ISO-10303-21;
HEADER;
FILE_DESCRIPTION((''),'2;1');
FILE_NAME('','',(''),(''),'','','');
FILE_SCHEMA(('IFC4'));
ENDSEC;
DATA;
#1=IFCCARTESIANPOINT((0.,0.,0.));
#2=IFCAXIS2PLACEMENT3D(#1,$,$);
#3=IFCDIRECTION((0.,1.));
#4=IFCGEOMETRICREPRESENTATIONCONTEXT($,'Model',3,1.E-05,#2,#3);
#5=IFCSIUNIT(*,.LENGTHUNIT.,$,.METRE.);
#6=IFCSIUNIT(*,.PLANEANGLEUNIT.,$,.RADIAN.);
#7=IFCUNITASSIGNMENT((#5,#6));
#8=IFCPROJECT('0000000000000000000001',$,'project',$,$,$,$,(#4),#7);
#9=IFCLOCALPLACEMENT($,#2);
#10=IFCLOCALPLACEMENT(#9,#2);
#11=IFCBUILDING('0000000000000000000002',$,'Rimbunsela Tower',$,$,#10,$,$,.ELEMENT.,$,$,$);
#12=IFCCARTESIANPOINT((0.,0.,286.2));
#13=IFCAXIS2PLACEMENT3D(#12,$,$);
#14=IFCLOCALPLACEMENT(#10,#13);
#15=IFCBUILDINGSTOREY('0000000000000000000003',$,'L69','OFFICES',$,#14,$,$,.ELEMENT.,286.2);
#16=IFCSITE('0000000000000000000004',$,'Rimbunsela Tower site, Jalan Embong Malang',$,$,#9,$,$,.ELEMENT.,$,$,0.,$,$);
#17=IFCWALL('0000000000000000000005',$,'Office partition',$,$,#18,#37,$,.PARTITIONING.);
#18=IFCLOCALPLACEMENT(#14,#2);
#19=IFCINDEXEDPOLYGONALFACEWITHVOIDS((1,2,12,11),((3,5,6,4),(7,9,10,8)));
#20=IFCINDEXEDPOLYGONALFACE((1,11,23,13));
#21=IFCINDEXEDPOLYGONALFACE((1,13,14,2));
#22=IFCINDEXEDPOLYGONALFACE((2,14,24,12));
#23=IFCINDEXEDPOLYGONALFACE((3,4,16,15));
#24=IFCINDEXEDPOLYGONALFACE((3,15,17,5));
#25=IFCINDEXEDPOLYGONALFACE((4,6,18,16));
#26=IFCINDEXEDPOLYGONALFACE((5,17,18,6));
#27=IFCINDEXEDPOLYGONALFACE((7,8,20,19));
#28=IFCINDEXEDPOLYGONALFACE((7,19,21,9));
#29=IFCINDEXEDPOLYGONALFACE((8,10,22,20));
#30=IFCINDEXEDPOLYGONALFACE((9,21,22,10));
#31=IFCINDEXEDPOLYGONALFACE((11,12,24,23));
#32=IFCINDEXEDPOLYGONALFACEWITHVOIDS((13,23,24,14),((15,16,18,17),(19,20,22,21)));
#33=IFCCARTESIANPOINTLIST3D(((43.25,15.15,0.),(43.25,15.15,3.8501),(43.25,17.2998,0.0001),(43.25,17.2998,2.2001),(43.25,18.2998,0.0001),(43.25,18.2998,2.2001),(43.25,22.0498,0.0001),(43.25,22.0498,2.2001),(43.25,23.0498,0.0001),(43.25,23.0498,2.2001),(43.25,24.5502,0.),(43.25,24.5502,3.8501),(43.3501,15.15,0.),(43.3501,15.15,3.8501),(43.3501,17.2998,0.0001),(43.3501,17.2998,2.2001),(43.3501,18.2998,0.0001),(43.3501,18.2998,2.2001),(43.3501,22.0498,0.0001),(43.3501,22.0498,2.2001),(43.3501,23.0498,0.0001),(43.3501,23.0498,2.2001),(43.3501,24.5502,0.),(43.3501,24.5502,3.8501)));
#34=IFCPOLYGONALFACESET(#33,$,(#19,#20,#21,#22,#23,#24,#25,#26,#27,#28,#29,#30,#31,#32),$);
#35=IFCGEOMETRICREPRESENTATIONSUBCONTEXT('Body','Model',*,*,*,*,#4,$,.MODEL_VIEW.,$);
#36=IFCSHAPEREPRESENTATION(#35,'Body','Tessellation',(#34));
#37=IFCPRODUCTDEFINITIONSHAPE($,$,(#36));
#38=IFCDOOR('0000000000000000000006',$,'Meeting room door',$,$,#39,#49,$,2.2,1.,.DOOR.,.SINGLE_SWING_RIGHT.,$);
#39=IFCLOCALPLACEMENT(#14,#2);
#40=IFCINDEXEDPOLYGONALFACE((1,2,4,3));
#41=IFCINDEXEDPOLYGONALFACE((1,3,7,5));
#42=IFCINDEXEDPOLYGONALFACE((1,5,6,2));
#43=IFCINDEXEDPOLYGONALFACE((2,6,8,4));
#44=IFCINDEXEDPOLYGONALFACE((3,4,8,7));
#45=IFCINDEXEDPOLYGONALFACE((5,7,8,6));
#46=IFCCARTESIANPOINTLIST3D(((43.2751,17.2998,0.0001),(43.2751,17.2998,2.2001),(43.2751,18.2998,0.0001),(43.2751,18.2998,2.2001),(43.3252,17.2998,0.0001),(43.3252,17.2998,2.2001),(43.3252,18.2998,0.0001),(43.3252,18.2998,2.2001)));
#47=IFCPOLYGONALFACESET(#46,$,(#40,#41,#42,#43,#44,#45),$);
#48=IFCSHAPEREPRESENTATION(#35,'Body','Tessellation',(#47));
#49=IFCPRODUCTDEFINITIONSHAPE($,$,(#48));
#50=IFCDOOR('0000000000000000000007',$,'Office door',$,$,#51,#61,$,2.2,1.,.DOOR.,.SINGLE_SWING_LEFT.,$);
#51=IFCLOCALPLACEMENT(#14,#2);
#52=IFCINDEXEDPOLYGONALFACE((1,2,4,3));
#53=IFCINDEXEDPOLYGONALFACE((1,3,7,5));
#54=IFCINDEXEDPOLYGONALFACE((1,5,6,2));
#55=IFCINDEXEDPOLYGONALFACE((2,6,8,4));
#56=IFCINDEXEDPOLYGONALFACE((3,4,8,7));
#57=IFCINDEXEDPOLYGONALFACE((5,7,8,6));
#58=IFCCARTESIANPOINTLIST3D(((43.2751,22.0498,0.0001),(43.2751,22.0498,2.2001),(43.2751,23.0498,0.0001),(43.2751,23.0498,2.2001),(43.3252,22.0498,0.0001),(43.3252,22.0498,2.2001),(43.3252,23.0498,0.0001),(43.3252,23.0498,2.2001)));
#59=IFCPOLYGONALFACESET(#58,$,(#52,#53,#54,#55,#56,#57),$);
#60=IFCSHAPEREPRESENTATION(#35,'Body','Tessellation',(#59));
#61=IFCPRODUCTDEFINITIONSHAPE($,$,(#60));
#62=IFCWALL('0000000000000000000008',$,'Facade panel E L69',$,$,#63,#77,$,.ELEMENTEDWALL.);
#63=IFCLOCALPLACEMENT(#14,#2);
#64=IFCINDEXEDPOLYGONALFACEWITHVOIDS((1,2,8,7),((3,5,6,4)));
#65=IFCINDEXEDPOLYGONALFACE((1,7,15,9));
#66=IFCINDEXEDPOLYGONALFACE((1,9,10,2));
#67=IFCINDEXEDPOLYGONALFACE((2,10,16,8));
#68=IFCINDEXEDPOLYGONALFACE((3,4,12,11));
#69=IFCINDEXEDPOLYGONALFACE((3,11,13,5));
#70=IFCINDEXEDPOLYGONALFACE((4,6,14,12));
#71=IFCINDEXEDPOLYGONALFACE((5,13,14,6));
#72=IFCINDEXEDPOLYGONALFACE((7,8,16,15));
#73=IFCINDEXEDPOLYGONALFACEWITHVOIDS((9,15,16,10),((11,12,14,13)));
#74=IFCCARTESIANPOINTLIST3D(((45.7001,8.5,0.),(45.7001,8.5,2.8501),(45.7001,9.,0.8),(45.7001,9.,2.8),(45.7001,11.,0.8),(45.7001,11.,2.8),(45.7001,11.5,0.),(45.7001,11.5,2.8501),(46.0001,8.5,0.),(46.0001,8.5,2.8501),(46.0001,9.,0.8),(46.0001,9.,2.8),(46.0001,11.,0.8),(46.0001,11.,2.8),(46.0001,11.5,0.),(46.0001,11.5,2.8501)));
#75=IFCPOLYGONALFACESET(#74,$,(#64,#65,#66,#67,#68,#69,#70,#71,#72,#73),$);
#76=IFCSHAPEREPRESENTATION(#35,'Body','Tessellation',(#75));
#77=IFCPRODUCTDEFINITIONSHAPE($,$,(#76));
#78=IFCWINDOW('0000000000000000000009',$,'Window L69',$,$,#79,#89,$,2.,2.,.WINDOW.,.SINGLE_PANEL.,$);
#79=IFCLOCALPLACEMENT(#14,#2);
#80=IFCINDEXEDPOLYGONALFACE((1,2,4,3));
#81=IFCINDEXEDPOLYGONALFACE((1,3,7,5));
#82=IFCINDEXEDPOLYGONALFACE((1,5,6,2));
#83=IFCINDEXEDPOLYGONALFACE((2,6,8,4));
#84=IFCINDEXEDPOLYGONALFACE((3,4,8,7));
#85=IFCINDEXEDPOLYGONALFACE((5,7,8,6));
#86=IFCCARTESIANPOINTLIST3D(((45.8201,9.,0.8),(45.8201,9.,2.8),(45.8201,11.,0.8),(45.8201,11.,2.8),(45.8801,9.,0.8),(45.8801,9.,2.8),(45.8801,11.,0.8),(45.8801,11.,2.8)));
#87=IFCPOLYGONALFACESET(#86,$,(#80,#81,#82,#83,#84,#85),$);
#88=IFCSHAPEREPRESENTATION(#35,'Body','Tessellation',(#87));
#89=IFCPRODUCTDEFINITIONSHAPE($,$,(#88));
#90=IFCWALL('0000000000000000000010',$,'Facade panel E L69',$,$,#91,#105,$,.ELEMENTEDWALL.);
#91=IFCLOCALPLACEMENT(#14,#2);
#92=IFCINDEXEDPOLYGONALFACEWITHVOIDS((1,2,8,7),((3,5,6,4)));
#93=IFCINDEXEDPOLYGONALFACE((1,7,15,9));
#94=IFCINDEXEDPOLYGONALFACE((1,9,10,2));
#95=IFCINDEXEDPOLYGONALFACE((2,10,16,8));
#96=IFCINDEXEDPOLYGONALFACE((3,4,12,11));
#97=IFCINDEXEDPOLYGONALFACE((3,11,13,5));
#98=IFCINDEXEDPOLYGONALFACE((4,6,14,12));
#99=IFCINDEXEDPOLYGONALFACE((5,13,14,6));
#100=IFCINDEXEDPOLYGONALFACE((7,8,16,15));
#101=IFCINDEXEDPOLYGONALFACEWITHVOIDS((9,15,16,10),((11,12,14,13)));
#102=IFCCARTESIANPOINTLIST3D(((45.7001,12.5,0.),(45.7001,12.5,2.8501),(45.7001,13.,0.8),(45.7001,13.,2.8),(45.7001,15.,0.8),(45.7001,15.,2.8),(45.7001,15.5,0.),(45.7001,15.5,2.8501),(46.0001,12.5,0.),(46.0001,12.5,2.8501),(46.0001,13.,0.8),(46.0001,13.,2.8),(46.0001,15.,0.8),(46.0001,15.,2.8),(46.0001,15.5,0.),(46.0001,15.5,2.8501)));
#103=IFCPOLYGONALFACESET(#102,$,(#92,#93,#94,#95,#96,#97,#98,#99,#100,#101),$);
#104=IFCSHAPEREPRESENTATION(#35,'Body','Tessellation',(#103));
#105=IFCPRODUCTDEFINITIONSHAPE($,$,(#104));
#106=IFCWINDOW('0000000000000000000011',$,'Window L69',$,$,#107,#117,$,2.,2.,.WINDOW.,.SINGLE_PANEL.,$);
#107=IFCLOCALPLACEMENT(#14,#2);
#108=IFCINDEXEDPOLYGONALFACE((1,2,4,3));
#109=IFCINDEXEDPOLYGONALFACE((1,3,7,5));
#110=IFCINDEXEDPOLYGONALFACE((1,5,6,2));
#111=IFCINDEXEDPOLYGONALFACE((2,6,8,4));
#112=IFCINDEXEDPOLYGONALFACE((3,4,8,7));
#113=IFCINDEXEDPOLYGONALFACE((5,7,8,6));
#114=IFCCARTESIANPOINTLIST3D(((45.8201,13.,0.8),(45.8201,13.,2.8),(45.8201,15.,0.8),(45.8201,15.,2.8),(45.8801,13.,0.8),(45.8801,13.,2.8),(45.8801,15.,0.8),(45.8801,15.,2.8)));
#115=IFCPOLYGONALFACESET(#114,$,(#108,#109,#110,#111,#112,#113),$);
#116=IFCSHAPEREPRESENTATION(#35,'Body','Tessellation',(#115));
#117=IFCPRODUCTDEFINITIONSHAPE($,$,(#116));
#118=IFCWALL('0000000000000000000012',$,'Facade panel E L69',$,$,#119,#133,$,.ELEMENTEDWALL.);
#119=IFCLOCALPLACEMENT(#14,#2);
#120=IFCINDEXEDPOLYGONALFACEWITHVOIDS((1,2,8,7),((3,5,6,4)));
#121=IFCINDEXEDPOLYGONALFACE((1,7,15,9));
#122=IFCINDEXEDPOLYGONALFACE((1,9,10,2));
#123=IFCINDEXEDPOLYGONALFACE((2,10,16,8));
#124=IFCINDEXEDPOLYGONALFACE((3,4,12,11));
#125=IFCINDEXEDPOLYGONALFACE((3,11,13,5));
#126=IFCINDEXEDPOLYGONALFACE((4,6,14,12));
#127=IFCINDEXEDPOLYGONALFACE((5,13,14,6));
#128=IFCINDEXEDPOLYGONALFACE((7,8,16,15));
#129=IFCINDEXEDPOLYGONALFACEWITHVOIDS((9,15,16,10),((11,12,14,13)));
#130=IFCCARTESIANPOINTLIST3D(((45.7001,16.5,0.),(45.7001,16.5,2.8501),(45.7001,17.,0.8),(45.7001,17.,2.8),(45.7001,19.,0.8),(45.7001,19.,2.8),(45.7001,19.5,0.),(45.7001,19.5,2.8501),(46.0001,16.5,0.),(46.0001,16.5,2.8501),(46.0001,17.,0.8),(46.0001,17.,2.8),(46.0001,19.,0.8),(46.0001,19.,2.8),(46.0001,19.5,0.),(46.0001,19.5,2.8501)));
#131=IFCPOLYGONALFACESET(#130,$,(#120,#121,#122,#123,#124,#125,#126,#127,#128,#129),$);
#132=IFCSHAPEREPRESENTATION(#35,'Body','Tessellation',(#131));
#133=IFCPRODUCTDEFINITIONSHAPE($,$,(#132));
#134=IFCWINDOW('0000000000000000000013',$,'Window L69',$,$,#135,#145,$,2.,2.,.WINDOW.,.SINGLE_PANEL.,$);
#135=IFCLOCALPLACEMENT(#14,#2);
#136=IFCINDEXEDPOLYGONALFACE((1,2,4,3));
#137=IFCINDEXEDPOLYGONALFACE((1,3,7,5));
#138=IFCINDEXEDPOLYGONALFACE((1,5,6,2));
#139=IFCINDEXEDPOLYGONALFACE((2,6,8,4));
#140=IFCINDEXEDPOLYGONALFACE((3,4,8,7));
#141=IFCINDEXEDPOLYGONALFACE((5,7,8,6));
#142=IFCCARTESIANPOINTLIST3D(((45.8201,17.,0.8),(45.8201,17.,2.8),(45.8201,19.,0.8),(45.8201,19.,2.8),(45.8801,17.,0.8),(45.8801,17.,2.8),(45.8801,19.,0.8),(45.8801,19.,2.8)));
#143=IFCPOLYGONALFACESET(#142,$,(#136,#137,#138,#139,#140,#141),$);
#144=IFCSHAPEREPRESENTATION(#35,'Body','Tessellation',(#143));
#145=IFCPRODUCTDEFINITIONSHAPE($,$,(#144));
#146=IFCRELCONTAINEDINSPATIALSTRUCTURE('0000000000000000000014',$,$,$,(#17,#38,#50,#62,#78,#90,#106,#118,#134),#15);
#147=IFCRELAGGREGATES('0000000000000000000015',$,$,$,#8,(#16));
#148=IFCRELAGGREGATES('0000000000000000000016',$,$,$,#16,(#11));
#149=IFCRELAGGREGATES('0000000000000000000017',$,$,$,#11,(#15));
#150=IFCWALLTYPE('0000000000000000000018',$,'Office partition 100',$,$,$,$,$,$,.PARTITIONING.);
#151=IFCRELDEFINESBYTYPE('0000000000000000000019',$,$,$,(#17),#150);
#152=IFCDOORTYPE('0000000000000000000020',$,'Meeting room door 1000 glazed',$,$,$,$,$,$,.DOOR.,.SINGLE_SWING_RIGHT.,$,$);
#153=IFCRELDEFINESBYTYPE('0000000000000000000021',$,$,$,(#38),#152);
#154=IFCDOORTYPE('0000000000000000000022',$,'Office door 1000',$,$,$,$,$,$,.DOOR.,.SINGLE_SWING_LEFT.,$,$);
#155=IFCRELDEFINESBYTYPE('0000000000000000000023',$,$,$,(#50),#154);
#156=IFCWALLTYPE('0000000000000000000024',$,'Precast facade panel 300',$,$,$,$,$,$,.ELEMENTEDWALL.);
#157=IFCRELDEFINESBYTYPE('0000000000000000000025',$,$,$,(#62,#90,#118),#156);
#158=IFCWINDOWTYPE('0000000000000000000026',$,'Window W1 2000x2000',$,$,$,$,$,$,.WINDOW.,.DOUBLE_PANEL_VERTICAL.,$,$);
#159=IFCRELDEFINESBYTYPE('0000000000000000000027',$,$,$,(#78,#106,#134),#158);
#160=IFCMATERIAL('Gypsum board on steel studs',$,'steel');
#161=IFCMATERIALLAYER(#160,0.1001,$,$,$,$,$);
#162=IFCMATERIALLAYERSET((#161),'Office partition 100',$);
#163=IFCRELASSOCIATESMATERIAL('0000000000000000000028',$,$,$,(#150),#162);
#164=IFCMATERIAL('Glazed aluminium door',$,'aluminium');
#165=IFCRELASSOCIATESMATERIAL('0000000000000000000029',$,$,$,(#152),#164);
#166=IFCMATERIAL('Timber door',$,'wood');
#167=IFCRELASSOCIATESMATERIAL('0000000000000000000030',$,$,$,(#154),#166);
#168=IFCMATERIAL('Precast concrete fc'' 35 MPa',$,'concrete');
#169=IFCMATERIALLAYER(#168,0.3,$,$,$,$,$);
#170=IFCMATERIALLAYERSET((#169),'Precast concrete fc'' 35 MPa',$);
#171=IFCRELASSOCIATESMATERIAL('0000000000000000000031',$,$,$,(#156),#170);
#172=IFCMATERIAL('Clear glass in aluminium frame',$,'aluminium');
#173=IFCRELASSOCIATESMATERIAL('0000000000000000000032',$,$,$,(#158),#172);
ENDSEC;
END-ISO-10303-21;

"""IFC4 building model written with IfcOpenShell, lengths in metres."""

from ifc_helpers import new_model, si_unit, direction, frame, frame_2d, origin, place, context, subcontext, project, spatial, rectangle, extrude, material, layer, layer_set, type_object, element, fill, save


model = new_model("IFC4")

# Units and contexts
model_context = context("Model", 3, precision=1e-05, world=origin(), true_north=direction((0.0, 1.0)))
body_context = subcontext(model_context, "Body", "Model", "MODEL_VIEW")
ifc_project = project(units=[si_unit("LENGTHUNIT", "METRE"), si_unit("PLANEANGLEUNIT", "RADIAN")], contexts=[model_context])

# Site, building, storey
site_placement = place(None, origin())
site = spatial("IfcSite", under=ifc_project, at=site_placement, Name="Rimbunsela Tower site, Jalan Embong Malang", CompositionType="ELEMENT", RefElevation=0.0)
building_placement = place(site_placement, origin())
building = spatial("IfcBuilding", under=site, at=building_placement, Name="Rimbunsela Tower", CompositionType="ELEMENT")
storey_placement = place(building_placement, frame((0.0, 0.0, 286.2)))
storey = spatial("IfcBuildingStorey", under=building, at=storey_placement, Name="L69", Description="OFFICES", CompositionType="ELEMENT", Elevation=286.2)

# Shared definitions
ifc_material_1 = material(Name="Gypsum board on steel studs", Category="steel")
ifc_layer_1 = layer(ifc_material_1, 0.1001)
ifc_layer_set_1 = layer_set([ifc_layer_1], Name="Office partition 100")
wall_type_1 = type_object("IfcWallType", Name="Office partition 100", PredefinedType="PARTITIONING", material=ifc_layer_set_1)

# Wall, openings, doors
wall_1_placement = place(storey_placement, frame((43.3, 15.1499, 0.0), z_axis=(0.0, 0.0, 1.0), x_axis=(0.0, 1.0, 0.0)))
wall_1 = element("IfcWall", 1, at=wall_1_placement, inside=storey, type_object=wall_type_1, Name="Office partition", PredefinedType="PARTITIONING", context=body_context, shape_type="SweptSolid", body=[
    extrude(rectangle(XDim=9.4001, YDim=0.1001, at=frame_2d((4.7002, 0.0))), origin(), (0.0, 0.0, 1.0), 3.8501),
])
opening_1_placement = place(wall_1_placement, frame((2.1499, 0.0, 0.0)))
opening_1 = element("IfcOpeningElement", 2, at=opening_1_placement, cuts=wall_1, PredefinedType="OPENING", context=body_context, shape_type="SweptSolid", body=[
    extrude(rectangle(XDim=1.0, YDim=2.2, at=frame_2d((0.5, 1.1001))), frame((0.0, 0.0601, 0.0), z_axis=(0.0, -1.0, 0.0), x_axis=(1.0, 0.0, 0.0)), (0.0, 0.0, 1.0), 0.1201),
])
opening_2_placement = place(wall_1_placement, frame((6.8999, 0.0, 0.0)))
opening_2 = element("IfcOpeningElement", 3, at=opening_2_placement, cuts=wall_1, PredefinedType="OPENING", context=body_context, shape_type="SweptSolid", body=[
    extrude(rectangle(XDim=1.0, YDim=2.2, at=frame_2d((0.5, 1.1001))), frame((0.0, 0.0601, 0.0), z_axis=(0.0, -1.0, 0.0), x_axis=(1.0, 0.0, 0.0)), (0.0, 0.0, 1.0), 0.1201),
])
ifc_material_2 = material(Name="Glazed aluminium door", Category="aluminium")
door_type_1 = type_object("IfcDoorType", Name="Meeting room door 1000 glazed", OperationType="SINGLE_SWING_RIGHT", PredefinedType="DOOR", material=ifc_material_2)
door_1_placement = place(opening_1_placement, origin())
door_1 = element("IfcDoor", 4, at=door_1_placement, inside=storey, type_object=door_type_1, Name="Meeting room door", OperationType="SINGLE_SWING_RIGHT", OverallHeight=2.2, OverallWidth=1.0, PredefinedType="DOOR", context=body_context, shape_type="SweptSolid", body=[
    extrude(rectangle(XDim=1.0, YDim=2.2, at=frame_2d((0.5, 1.1001))), frame((0.0, 0.0249, 0.0), z_axis=(0.0, -1.0, 0.0), x_axis=(1.0, 0.0, 0.0)), (0.0, 0.0, 1.0), 0.05),
])
fill(opening_1, door_1)
ifc_material_3 = material(Name="Timber door", Category="wood")
door_type_2 = type_object("IfcDoorType", Name="Office door 1000", OperationType="SINGLE_SWING_LEFT", PredefinedType="DOOR", material=ifc_material_3)
door_2_placement = place(opening_2_placement, origin())
door_2 = element("IfcDoor", 5, at=door_2_placement, inside=storey, type_object=door_type_2, Name="Office door", OperationType="SINGLE_SWING_LEFT", OverallHeight=2.2, OverallWidth=1.0, PredefinedType="DOOR", context=body_context, shape_type="SweptSolid", body=[
    extrude(rectangle(XDim=1.0, YDim=2.2, at=frame_2d((0.5, 1.1001))), frame((0.0, 0.0249, 0.0), z_axis=(0.0, -1.0, 0.0), x_axis=(1.0, 0.0, 0.0)), (0.0, 0.0, 1.0), 0.05),
])
fill(opening_2, door_2)

# Walls, openings, windows
ifc_material_4 = material(Name="Precast concrete fc' 35 MPa", Category="concrete")
ifc_layer_2 = layer(ifc_material_4, 0.3)
ifc_layer_set_2 = layer_set([ifc_layer_2], Name="Precast concrete fc' 35 MPa")
wall_type_2 = type_object("IfcWallType", Name="Precast facade panel 300", PredefinedType="ELEMENTEDWALL", material=ifc_layer_set_2)
wall_2_placement = place(storey_placement, frame((45.8501, 8.5, 0.0), z_axis=(0.0, 0.0, 1.0), x_axis=(0.0, 1.0, 0.0)))
wall_2 = element("IfcWall", 6, at=wall_2_placement, inside=storey, type_object=wall_type_2, Name="Facade panel E L69", PredefinedType="ELEMENTEDWALL", context=body_context, shape_type="SweptSolid", body=[
    extrude(rectangle(XDim=3.0, YDim=0.3, at=frame_2d((1.5, 0.0))), origin(), (0.0, 0.0, 1.0), 2.8501),
])
opening_3_placement = place(wall_2_placement, frame((0.5, 0.0, 0.8)))
opening_3 = element("IfcOpeningElement", 7, at=opening_3_placement, cuts=wall_2, PredefinedType="OPENING", context=body_context, shape_type="SweptSolid", body=[
    extrude(rectangle(XDim=2.0, YDim=2.0, at=frame_2d((1.0, 1.0))), frame((0.0, 0.1599, 0.0), z_axis=(0.0, -1.0, 0.0), x_axis=(1.0, 0.0, 0.0)), (0.0, 0.0, 1.0), 0.3201),
])
ifc_material_5 = material(Name="Clear glass in aluminium frame", Category="aluminium")
window_type = type_object("IfcWindowType", Name="Window W1 2000x2000", PartitioningType="DOUBLE_PANEL_VERTICAL", PredefinedType="WINDOW", material=ifc_material_5)
window_1_placement = place(opening_3_placement, origin())
window_1 = element("IfcWindow", 8, at=window_1_placement, inside=storey, type_object=window_type, Name="Window L69", OverallHeight=2.0, OverallWidth=2.0, PartitioningType="SINGLE_PANEL", PredefinedType="WINDOW", context=body_context, shape_type="SweptSolid", body=[
    extrude(rectangle(XDim=2.0, YDim=2.0, at=frame_2d((1.0, 1.0))), frame((0.0, 0.03, 0.0), z_axis=(0.0, -1.0, 0.0), x_axis=(1.0, 0.0, 0.0)), (0.0, 0.0, 1.0), 0.0601),
])
fill(opening_3, window_1)
wall_3_placement = place(storey_placement, frame((45.8501, 12.5, 0.0), z_axis=(0.0, 0.0, 1.0), x_axis=(0.0, 1.0, 0.0)))
wall_3 = element("IfcWall", 9, at=wall_3_placement, inside=storey, type_object=wall_type_2, Name="Facade panel E L69", PredefinedType="ELEMENTEDWALL", context=body_context, shape_type="SweptSolid", body=[
    extrude(rectangle(XDim=3.0, YDim=0.3, at=frame_2d((1.5, 0.0))), origin(), (0.0, 0.0, 1.0), 2.8501),
])
opening_4_placement = place(wall_3_placement, frame((0.5, 0.0, 0.8)))
opening_4 = element("IfcOpeningElement", 10, at=opening_4_placement, cuts=wall_3, PredefinedType="OPENING", context=body_context, shape_type="SweptSolid", body=[
    extrude(rectangle(XDim=2.0, YDim=2.0, at=frame_2d((1.0, 1.0))), frame((0.0, 0.1599, 0.0), z_axis=(0.0, -1.0, 0.0), x_axis=(1.0, 0.0, 0.0)), (0.0, 0.0, 1.0), 0.3201),
])
window_2_placement = place(opening_4_placement, origin())
window_2 = element("IfcWindow", 11, at=window_2_placement, inside=storey, type_object=window_type, Name="Window L69", OverallHeight=2.0, OverallWidth=2.0, PartitioningType="SINGLE_PANEL", PredefinedType="WINDOW", context=body_context, shape_type="SweptSolid", body=[
    extrude(rectangle(XDim=2.0, YDim=2.0, at=frame_2d((1.0, 1.0))), frame((0.0, 0.03, 0.0), z_axis=(0.0, -1.0, 0.0), x_axis=(1.0, 0.0, 0.0)), (0.0, 0.0, 1.0), 0.0601),
])
fill(opening_4, window_2)
wall_4_placement = place(storey_placement, frame((45.8501, 16.5, 0.0), z_axis=(0.0, 0.0, 1.0), x_axis=(0.0, 1.0, 0.0)))
wall_4 = element("IfcWall", 12, at=wall_4_placement, inside=storey, type_object=wall_type_2, Name="Facade panel E L69", PredefinedType="ELEMENTEDWALL", context=body_context, shape_type="SweptSolid", body=[
    extrude(rectangle(XDim=3.0, YDim=0.3, at=frame_2d((1.5, 0.0))), origin(), (0.0, 0.0, 1.0), 2.8501),
])
opening_5_placement = place(wall_4_placement, frame((0.5, 0.0, 0.8)))
opening_5 = element("IfcOpeningElement", 13, at=opening_5_placement, cuts=wall_4, PredefinedType="OPENING", context=body_context, shape_type="SweptSolid", body=[
    extrude(rectangle(XDim=2.0, YDim=2.0, at=frame_2d((1.0, 1.0))), frame((0.0, 0.1599, 0.0), z_axis=(0.0, -1.0, 0.0), x_axis=(1.0, 0.0, 0.0)), (0.0, 0.0, 1.0), 0.3201),
])
window_3_placement = place(opening_5_placement, origin())
window_3 = element("IfcWindow", 14, at=window_3_placement, inside=storey, type_object=window_type, Name="Window L69", OverallHeight=2.0, OverallWidth=2.0, PartitioningType="SINGLE_PANEL", PredefinedType="WINDOW", context=body_context, shape_type="SweptSolid", body=[
    extrude(rectangle(XDim=2.0, YDim=2.0, at=frame_2d((1.0, 1.0))), frame((0.0, 0.03, 0.0), z_axis=(0.0, -1.0, 0.0), x_axis=(1.0, 0.0, 0.0)), (0.0, 0.0, 1.0), 0.0601),
])
fill(opening_5, window_3)

save(model, "model.ifc")
